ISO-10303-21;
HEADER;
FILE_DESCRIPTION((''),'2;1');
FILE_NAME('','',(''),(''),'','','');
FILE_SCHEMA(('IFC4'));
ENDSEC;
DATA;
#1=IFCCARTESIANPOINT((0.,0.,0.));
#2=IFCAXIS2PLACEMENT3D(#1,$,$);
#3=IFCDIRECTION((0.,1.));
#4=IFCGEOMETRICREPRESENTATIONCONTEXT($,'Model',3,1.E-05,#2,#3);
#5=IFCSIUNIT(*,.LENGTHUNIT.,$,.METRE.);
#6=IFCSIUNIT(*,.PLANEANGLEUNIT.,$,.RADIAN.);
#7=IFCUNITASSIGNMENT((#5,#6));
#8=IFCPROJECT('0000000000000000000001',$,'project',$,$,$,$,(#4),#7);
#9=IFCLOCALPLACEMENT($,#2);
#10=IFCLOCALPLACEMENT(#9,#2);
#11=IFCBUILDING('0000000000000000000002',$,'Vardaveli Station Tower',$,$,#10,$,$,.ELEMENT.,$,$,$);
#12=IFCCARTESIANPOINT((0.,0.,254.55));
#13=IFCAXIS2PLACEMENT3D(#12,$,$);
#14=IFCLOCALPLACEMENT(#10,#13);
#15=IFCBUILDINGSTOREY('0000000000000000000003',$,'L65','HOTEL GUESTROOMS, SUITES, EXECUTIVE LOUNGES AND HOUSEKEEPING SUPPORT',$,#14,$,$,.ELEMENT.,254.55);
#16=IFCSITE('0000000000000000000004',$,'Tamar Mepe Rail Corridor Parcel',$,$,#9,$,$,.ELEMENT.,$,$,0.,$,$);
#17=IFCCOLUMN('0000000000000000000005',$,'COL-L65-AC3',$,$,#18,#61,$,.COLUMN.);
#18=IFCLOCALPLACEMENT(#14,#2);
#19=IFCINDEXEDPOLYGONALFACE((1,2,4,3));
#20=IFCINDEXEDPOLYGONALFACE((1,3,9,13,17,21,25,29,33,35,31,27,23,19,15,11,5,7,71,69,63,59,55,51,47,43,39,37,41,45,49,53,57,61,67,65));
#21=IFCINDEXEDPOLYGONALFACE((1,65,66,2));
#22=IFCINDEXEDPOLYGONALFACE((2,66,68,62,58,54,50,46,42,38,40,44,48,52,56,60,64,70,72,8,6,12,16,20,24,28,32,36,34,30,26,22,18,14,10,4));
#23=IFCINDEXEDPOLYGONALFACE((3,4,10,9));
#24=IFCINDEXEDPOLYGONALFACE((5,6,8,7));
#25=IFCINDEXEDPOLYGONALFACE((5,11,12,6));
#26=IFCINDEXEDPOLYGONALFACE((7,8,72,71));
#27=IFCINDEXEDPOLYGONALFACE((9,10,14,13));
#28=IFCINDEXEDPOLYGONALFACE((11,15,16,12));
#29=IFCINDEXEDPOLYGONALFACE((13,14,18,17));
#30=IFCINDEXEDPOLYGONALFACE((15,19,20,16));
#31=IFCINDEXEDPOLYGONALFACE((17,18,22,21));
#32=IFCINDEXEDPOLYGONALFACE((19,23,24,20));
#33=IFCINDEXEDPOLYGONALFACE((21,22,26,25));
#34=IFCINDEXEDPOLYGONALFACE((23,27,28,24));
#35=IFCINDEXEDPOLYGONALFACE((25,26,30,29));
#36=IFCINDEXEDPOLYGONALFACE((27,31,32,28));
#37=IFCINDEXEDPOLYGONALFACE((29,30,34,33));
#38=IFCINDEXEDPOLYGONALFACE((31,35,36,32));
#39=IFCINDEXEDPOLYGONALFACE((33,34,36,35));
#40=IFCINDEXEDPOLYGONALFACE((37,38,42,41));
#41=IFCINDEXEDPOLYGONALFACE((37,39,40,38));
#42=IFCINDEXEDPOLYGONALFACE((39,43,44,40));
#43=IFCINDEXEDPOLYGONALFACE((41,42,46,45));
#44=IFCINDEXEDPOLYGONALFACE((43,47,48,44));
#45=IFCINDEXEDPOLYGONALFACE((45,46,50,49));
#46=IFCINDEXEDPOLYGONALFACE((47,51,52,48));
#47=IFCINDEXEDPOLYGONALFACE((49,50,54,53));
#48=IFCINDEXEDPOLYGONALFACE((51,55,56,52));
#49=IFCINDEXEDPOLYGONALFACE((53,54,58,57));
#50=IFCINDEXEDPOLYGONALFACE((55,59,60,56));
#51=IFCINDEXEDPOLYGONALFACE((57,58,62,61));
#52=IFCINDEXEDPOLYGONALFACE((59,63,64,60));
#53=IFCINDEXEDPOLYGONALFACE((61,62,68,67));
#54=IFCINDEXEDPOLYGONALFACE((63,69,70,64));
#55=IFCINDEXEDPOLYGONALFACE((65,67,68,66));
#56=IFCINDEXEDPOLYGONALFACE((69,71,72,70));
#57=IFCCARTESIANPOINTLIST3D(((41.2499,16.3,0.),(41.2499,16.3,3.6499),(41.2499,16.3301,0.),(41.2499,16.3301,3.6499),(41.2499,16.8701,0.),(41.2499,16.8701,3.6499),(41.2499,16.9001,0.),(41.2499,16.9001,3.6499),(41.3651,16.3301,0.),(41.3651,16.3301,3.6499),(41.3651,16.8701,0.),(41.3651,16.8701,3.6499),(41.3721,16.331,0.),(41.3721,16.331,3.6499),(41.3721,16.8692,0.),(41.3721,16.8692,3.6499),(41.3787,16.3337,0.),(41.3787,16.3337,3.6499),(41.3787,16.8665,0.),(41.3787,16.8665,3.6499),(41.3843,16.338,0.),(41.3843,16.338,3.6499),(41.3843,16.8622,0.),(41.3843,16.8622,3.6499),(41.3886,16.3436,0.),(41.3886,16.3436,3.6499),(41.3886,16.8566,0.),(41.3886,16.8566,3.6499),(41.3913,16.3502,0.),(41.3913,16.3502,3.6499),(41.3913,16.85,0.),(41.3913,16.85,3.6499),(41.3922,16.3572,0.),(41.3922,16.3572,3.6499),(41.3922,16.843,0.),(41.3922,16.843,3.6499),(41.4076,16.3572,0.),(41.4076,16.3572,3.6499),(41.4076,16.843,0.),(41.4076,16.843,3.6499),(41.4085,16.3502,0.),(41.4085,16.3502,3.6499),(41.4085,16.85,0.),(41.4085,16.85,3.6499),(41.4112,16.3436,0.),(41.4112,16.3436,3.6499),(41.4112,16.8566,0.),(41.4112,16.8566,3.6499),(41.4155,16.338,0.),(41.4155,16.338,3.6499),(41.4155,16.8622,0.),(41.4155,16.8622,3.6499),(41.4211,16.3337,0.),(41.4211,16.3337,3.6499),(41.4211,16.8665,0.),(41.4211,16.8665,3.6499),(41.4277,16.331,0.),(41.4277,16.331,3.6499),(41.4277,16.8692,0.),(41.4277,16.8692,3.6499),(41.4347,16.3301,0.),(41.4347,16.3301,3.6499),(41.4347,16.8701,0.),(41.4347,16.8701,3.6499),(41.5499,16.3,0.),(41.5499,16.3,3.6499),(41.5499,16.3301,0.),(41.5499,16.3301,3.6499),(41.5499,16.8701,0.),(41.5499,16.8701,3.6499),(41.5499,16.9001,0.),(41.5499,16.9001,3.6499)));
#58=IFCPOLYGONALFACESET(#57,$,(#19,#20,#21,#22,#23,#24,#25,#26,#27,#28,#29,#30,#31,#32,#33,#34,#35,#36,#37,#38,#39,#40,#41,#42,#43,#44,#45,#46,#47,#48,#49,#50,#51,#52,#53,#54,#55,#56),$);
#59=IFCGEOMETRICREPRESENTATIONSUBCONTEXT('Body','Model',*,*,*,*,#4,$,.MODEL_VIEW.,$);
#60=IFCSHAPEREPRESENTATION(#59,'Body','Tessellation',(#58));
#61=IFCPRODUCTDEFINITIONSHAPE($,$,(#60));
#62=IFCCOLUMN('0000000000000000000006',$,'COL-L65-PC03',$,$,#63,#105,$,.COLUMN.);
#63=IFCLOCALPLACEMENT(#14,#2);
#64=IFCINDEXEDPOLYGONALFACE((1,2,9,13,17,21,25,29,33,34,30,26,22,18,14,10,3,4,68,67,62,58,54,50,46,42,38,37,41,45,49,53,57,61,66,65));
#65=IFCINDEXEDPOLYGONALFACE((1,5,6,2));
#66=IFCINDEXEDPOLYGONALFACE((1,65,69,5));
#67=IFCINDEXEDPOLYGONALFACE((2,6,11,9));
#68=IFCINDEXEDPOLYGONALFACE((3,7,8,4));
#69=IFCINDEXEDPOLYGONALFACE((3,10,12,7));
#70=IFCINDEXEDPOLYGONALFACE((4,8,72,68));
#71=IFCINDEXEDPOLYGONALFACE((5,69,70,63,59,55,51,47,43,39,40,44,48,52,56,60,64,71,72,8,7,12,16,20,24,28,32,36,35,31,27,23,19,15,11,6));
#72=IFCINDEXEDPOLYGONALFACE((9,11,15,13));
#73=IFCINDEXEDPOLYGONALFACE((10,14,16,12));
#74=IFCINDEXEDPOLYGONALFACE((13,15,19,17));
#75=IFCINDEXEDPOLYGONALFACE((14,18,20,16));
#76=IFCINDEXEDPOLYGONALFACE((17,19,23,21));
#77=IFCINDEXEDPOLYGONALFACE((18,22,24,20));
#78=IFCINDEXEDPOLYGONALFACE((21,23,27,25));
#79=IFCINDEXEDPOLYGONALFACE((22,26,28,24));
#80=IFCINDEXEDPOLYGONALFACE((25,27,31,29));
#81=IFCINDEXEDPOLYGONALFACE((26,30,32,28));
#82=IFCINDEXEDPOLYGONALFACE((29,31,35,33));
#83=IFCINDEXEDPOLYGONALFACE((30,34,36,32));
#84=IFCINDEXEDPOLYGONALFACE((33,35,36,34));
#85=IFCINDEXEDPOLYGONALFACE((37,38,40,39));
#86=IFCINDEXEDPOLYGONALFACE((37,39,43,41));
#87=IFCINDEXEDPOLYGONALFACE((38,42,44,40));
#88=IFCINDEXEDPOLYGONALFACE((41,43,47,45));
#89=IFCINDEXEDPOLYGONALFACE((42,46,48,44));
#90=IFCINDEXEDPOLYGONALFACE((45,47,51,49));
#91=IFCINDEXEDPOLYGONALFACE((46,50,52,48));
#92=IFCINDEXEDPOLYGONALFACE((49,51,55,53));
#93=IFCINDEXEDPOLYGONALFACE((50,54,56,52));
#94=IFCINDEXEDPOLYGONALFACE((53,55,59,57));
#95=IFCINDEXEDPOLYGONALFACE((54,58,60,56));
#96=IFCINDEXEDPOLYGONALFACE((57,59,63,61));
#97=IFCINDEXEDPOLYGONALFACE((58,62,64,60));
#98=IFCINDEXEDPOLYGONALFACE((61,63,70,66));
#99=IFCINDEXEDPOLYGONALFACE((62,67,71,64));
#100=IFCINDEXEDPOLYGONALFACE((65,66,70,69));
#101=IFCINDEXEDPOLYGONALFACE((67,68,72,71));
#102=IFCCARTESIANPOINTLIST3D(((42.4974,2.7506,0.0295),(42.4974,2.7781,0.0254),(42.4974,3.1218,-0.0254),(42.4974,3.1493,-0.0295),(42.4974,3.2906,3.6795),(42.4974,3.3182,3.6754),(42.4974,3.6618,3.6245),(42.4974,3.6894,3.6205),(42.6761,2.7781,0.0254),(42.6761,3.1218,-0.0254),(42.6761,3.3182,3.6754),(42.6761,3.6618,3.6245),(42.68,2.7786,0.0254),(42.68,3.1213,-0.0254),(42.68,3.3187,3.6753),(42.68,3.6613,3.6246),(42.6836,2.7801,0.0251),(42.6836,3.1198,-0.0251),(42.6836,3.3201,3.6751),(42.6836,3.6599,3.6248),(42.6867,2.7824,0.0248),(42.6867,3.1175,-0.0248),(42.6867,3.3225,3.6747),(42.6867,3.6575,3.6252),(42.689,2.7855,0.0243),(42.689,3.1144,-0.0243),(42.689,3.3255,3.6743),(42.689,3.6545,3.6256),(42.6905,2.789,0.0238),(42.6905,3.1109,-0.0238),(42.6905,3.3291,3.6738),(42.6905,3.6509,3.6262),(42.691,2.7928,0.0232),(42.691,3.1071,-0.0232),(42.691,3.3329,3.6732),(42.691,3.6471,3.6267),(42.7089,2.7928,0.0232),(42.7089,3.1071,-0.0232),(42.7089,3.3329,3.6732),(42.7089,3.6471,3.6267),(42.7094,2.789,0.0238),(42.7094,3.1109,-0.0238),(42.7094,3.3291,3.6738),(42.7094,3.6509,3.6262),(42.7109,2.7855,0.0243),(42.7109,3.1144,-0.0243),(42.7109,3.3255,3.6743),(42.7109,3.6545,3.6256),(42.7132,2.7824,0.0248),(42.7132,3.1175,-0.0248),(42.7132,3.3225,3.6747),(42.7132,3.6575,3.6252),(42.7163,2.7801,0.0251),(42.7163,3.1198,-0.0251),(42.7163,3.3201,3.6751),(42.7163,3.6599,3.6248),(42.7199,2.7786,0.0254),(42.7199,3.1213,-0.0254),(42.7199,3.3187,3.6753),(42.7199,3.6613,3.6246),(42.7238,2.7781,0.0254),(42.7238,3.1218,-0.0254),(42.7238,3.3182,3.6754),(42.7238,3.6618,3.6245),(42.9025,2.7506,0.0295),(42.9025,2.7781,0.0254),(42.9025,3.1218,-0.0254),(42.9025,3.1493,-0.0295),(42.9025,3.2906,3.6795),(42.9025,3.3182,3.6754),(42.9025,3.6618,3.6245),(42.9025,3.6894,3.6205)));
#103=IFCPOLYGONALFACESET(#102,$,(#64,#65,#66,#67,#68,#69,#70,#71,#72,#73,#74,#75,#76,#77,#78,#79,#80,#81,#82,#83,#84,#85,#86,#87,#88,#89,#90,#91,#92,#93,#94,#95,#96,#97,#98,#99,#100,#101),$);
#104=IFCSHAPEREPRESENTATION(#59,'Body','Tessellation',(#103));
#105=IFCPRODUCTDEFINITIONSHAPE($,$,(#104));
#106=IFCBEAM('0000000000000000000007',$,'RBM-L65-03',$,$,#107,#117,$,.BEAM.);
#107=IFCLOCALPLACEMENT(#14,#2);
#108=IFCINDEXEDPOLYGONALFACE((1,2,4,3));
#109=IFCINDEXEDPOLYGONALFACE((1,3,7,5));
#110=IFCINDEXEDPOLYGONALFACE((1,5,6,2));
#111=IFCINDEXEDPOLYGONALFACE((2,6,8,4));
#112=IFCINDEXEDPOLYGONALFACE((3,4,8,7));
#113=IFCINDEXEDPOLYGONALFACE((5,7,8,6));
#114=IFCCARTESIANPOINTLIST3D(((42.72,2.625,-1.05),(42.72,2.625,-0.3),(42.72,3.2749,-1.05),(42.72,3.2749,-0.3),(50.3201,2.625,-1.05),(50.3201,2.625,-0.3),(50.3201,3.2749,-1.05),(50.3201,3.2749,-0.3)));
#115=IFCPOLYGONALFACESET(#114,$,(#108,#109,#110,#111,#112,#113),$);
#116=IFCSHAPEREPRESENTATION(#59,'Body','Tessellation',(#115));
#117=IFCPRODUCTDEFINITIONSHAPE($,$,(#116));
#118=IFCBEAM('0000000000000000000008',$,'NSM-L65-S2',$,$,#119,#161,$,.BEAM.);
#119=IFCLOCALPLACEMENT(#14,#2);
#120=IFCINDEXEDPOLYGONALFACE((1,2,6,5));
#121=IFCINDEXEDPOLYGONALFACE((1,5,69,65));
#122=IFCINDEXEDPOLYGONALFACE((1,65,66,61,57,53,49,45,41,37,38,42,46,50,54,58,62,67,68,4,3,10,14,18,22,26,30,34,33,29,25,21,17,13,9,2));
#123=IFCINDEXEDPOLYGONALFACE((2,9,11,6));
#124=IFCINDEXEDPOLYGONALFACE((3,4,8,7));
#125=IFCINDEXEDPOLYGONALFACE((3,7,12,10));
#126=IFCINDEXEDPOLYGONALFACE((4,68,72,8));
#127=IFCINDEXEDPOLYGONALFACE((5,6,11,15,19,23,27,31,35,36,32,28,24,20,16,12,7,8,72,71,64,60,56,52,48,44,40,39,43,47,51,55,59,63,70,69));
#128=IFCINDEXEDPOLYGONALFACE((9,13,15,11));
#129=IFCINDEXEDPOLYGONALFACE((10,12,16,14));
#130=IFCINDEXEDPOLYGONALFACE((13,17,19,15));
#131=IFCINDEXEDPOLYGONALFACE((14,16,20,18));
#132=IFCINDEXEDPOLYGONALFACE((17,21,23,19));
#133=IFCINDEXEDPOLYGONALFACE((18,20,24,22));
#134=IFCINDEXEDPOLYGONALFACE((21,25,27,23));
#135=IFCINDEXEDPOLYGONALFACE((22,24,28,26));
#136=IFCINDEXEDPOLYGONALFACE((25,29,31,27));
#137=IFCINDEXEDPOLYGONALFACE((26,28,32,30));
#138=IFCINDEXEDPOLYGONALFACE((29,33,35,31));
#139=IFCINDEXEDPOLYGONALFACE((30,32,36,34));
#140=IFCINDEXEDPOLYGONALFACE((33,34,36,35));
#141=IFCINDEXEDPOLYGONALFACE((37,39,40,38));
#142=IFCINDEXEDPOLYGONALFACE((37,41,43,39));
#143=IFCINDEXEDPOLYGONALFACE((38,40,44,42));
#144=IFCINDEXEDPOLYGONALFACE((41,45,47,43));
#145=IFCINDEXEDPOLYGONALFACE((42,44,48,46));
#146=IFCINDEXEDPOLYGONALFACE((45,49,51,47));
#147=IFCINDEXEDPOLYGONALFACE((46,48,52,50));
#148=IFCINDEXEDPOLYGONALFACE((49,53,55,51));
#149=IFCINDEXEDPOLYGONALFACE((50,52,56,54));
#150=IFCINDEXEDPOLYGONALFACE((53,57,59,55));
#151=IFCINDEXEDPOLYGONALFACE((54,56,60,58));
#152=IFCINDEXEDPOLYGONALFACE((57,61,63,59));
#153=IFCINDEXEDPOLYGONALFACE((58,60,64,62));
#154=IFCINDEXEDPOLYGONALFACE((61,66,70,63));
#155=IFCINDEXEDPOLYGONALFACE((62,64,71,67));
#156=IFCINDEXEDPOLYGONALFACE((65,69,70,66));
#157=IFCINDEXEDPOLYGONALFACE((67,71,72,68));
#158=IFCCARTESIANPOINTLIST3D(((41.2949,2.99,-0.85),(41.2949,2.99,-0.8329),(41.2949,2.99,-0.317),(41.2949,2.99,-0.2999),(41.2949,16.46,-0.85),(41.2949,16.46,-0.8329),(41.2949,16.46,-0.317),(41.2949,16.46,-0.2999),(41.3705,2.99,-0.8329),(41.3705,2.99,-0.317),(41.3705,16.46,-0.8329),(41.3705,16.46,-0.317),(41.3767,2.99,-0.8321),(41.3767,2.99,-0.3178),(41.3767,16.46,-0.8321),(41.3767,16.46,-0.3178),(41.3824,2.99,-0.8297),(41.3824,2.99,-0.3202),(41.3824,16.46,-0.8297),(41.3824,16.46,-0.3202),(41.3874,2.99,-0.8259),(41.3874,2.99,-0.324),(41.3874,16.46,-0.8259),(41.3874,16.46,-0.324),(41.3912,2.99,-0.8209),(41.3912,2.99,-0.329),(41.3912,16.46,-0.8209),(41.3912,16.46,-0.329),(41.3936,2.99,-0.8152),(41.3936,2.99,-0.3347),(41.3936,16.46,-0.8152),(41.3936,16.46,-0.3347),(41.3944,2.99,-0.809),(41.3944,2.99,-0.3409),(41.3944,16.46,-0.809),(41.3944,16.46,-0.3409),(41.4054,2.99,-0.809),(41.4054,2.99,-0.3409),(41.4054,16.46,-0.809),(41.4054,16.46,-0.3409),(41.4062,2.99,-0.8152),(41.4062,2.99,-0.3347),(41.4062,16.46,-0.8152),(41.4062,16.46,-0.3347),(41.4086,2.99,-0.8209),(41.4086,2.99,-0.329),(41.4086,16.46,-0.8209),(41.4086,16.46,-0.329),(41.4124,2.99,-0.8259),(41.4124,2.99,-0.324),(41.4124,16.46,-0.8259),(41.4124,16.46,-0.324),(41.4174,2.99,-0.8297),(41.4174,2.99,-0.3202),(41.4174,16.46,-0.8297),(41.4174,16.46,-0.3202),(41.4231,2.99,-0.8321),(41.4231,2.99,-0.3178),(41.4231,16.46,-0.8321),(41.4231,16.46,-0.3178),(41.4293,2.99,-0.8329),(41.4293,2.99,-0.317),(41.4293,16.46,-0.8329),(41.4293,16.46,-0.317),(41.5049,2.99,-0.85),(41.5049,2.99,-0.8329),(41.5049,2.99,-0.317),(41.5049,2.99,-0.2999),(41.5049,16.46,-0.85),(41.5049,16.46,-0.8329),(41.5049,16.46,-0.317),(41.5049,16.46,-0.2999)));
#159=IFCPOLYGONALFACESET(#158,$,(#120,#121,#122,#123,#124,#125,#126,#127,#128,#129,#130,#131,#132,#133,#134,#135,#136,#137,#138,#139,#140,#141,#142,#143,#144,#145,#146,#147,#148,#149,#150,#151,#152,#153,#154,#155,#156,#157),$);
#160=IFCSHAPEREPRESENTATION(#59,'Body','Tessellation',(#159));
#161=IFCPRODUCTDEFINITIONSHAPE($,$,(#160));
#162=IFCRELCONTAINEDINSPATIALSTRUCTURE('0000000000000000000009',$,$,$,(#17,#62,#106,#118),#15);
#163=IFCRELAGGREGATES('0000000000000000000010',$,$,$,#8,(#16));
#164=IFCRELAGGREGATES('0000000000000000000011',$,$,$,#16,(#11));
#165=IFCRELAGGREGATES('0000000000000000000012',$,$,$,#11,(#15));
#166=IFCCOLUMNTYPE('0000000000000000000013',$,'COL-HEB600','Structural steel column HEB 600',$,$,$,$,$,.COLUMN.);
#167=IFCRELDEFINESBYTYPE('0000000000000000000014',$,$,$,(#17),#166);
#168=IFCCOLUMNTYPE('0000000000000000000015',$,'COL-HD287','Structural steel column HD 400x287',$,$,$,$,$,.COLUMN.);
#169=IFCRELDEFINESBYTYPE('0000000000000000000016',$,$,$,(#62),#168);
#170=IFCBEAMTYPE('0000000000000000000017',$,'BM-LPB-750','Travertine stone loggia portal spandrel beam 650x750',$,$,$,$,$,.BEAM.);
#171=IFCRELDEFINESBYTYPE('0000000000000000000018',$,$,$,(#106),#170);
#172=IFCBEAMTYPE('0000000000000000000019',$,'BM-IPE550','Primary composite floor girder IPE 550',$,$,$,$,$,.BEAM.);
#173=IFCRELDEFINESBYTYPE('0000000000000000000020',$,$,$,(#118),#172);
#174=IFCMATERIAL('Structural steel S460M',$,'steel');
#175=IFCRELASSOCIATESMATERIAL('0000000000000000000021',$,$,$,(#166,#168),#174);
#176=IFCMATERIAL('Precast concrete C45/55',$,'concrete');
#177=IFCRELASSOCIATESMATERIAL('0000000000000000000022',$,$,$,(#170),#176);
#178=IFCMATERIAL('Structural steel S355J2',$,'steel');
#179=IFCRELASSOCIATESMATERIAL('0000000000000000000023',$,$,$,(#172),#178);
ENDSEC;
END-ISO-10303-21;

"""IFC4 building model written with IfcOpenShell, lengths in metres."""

from ifc_helpers import new_model, si_unit, direction, frame, origin, origin_2d, place, context, subcontext, project, spatial, rectangle, i_section, extrude, source, transform, mapped, material, material_profile, profile_set, type_object, element, save


model = new_model("IFC4")

# Units and contexts
model_context = context("Model", 3, precision=1e-05, world=origin(), true_north=direction((0.0, 1.0)))
body_context = subcontext(model_context, "Body", "Model", "MODEL_VIEW")
ifc_project = project(units=[si_unit("LENGTHUNIT", "METRE"), si_unit("PLANEANGLEUNIT", "RADIAN")], contexts=[model_context])

# Site, building, storey
site_placement = place(None, origin())
site = spatial("IfcSite", under=ifc_project, at=site_placement, Name="Tamar Mepe Rail Corridor Parcel", CompositionType="ELEMENT", RefElevation=0.0)
building_placement = place(site_placement, origin())
building = spatial("IfcBuilding", under=site, at=building_placement, Name="Vardaveli Station Tower", CompositionType="ELEMENT")
storey_placement = place(building_placement, frame((0.0, 0.0, 254.55)))
storey = spatial("IfcBuildingStorey", under=building, at=storey_placement, Name="L65", Description="HOTEL GUESTROOMS, SUITES, EXECUTIVE LOUNGES AND HOUSEKEEPING SUPPORT", CompositionType="ELEMENT", Elevation=254.55)

# Columns
ifc_material_1 = material(Name="Structural steel S460M", Category="steel")
ifc_material_profile_1 = material_profile(ifc_material_1, i_section(OverallWidth=0.3, OverallDepth=0.6001, WebThickness=0.0154, FlangeThickness=0.03, FilletRadius=0.0271, at=origin_2d()), Name="HEB 600")
ifc_profile_set_1 = profile_set([ifc_material_profile_1], Name="Structural steel S460M")
column_type_1 = type_object("IfcColumnType", Name="COL-HEB600", Description="Structural steel column HEB 600", PredefinedType="COLUMN", material=ifc_profile_set_1)
shared_shape_1 = source(origin(), body_context, "Body", "SweptSolid", [
    extrude(i_section(OverallWidth=0.3, OverallDepth=0.6001, WebThickness=0.0154, FlangeThickness=0.03, FilletRadius=0.0271, at=origin_2d()), origin(), (0.0, 0.0, 1.0), 3.6499),
])
column_1_placement = place(storey_placement, frame((41.3999, 16.6001, 0.0), z_axis=(0.0, 0.0, 1.0), x_axis=(1.0, 0.0, 0.0)))
element("IfcColumn", 1, at=column_1_placement, inside=storey, type_object=column_type_1, Name="COL-L65-AC3", PredefinedType="COLUMN", context=body_context, shape_type="MappedRepresentation", body=[
    mapped(shared_shape_1, transform((0.0, 0.0, 0.0), scale=1.0)),
])
ifc_material_profile_2 = material_profile(ifc_material_1, i_section(OverallWidth=0.405, OverallDepth=0.4031, WebThickness=0.0178, FlangeThickness=0.0278, FilletRadius=0.0149, at=origin_2d()), Name="HD 400x287")
ifc_profile_set_2 = profile_set([ifc_material_profile_2], Name="Structural steel S460M")
column_type_2 = type_object("IfcColumnType", Name="COL-HD287", Description="Structural steel column HD 400x287", PredefinedType="COLUMN", material=ifc_profile_set_2)
shared_shape_2 = source(origin(), body_context, "Body", "SweptSolid", [
    extrude(i_section(OverallWidth=0.405, OverallDepth=0.4031, WebThickness=0.0178, FlangeThickness=0.0278, FilletRadius=0.0149, at=origin_2d()), origin(), (0.0, 0.0, 1.0), 3.6897),
])
column_2_placement = place(storey_placement, frame((42.7, 2.95, 0.0), z_axis=(0.0, 0.146366, 0.98923), x_axis=(-1.0, 0.0, 0.0)))
element("IfcColumn", 2, at=column_2_placement, inside=storey, type_object=column_type_2, Name="COL-L65-PC03", PredefinedType="COLUMN", context=body_context, shape_type="MappedRepresentation", body=[
    mapped(shared_shape_2, transform((0.0, 0.0, 0.0), scale=1.0)),
])

# Beams
ifc_material_2 = material(Name="Precast concrete C45/55", Category="concrete")
ifc_material_profile_3 = material_profile(ifc_material_2, rectangle(XDim=0.6499, YDim=0.75, at=origin_2d()), Name="LPB 650x750")
ifc_profile_set_3 = profile_set([ifc_material_profile_3], Name="Precast concrete C45/55")
beam_type_1 = type_object("IfcBeamType", Name="BM-LPB-750", Description="Travertine stone loggia portal spandrel beam 650x750", PredefinedType="BEAM", material=ifc_profile_set_3)
shared_shape_3 = source(origin(), body_context, "Body", "SweptSolid", [
    extrude(rectangle(XDim=0.6499, YDim=0.75, at=origin_2d()), origin(), (0.0, 0.0, 1.0), 7.6001),
])
beam_1_placement = place(storey_placement, frame((42.72, 2.95, -0.675), z_axis=(1.0, 0.0, 0.0), x_axis=(0.0, 1.0, 0.0)))
element("IfcBeam", 3, at=beam_1_placement, inside=storey, type_object=beam_type_1, Name="RBM-L65-03", PredefinedType="BEAM", context=body_context, shape_type="MappedRepresentation", body=[
    mapped(shared_shape_3, transform((0.0, 0.0, 0.0), scale=1.0)),
])
ifc_material_3 = material(Name="Structural steel S355J2", Category="steel")
ifc_material_profile_4 = material_profile(ifc_material_3, i_section(OverallWidth=0.21, OverallDepth=0.55, WebThickness=0.011, FlangeThickness=0.0171, FilletRadius=0.0239, at=origin_2d()), Name="IPE 550")
ifc_profile_set_4 = profile_set([ifc_material_profile_4], Name="Structural steel S355J2")
beam_type_2 = type_object("IfcBeamType", Name="BM-IPE550", Description="Primary composite floor girder IPE 550", PredefinedType="BEAM", material=ifc_profile_set_4)
shared_shape_4 = source(origin(), body_context, "Body", "SweptSolid", [
    extrude(i_section(OverallWidth=0.21, OverallDepth=0.55, WebThickness=0.011, FlangeThickness=0.0171, FilletRadius=0.0239, at=origin_2d()), origin(), (0.0, 0.0, 1.0), 13.47),
])
beam_2_placement = place(storey_placement, frame((41.3999, 2.99, -0.575), z_axis=(0.0, 1.0, 0.0), x_axis=(-1.0, 0.0, 0.0)))
element("IfcBeam", 4, at=beam_2_placement, inside=storey, type_object=beam_type_2, Name="NSM-L65-S2", PredefinedType="BEAM", context=body_context, shape_type="MappedRepresentation", body=[
    mapped(shared_shape_4, transform((0.0, 0.0, 0.0), scale=1.0)),
])

save(model, "model.ifc")
